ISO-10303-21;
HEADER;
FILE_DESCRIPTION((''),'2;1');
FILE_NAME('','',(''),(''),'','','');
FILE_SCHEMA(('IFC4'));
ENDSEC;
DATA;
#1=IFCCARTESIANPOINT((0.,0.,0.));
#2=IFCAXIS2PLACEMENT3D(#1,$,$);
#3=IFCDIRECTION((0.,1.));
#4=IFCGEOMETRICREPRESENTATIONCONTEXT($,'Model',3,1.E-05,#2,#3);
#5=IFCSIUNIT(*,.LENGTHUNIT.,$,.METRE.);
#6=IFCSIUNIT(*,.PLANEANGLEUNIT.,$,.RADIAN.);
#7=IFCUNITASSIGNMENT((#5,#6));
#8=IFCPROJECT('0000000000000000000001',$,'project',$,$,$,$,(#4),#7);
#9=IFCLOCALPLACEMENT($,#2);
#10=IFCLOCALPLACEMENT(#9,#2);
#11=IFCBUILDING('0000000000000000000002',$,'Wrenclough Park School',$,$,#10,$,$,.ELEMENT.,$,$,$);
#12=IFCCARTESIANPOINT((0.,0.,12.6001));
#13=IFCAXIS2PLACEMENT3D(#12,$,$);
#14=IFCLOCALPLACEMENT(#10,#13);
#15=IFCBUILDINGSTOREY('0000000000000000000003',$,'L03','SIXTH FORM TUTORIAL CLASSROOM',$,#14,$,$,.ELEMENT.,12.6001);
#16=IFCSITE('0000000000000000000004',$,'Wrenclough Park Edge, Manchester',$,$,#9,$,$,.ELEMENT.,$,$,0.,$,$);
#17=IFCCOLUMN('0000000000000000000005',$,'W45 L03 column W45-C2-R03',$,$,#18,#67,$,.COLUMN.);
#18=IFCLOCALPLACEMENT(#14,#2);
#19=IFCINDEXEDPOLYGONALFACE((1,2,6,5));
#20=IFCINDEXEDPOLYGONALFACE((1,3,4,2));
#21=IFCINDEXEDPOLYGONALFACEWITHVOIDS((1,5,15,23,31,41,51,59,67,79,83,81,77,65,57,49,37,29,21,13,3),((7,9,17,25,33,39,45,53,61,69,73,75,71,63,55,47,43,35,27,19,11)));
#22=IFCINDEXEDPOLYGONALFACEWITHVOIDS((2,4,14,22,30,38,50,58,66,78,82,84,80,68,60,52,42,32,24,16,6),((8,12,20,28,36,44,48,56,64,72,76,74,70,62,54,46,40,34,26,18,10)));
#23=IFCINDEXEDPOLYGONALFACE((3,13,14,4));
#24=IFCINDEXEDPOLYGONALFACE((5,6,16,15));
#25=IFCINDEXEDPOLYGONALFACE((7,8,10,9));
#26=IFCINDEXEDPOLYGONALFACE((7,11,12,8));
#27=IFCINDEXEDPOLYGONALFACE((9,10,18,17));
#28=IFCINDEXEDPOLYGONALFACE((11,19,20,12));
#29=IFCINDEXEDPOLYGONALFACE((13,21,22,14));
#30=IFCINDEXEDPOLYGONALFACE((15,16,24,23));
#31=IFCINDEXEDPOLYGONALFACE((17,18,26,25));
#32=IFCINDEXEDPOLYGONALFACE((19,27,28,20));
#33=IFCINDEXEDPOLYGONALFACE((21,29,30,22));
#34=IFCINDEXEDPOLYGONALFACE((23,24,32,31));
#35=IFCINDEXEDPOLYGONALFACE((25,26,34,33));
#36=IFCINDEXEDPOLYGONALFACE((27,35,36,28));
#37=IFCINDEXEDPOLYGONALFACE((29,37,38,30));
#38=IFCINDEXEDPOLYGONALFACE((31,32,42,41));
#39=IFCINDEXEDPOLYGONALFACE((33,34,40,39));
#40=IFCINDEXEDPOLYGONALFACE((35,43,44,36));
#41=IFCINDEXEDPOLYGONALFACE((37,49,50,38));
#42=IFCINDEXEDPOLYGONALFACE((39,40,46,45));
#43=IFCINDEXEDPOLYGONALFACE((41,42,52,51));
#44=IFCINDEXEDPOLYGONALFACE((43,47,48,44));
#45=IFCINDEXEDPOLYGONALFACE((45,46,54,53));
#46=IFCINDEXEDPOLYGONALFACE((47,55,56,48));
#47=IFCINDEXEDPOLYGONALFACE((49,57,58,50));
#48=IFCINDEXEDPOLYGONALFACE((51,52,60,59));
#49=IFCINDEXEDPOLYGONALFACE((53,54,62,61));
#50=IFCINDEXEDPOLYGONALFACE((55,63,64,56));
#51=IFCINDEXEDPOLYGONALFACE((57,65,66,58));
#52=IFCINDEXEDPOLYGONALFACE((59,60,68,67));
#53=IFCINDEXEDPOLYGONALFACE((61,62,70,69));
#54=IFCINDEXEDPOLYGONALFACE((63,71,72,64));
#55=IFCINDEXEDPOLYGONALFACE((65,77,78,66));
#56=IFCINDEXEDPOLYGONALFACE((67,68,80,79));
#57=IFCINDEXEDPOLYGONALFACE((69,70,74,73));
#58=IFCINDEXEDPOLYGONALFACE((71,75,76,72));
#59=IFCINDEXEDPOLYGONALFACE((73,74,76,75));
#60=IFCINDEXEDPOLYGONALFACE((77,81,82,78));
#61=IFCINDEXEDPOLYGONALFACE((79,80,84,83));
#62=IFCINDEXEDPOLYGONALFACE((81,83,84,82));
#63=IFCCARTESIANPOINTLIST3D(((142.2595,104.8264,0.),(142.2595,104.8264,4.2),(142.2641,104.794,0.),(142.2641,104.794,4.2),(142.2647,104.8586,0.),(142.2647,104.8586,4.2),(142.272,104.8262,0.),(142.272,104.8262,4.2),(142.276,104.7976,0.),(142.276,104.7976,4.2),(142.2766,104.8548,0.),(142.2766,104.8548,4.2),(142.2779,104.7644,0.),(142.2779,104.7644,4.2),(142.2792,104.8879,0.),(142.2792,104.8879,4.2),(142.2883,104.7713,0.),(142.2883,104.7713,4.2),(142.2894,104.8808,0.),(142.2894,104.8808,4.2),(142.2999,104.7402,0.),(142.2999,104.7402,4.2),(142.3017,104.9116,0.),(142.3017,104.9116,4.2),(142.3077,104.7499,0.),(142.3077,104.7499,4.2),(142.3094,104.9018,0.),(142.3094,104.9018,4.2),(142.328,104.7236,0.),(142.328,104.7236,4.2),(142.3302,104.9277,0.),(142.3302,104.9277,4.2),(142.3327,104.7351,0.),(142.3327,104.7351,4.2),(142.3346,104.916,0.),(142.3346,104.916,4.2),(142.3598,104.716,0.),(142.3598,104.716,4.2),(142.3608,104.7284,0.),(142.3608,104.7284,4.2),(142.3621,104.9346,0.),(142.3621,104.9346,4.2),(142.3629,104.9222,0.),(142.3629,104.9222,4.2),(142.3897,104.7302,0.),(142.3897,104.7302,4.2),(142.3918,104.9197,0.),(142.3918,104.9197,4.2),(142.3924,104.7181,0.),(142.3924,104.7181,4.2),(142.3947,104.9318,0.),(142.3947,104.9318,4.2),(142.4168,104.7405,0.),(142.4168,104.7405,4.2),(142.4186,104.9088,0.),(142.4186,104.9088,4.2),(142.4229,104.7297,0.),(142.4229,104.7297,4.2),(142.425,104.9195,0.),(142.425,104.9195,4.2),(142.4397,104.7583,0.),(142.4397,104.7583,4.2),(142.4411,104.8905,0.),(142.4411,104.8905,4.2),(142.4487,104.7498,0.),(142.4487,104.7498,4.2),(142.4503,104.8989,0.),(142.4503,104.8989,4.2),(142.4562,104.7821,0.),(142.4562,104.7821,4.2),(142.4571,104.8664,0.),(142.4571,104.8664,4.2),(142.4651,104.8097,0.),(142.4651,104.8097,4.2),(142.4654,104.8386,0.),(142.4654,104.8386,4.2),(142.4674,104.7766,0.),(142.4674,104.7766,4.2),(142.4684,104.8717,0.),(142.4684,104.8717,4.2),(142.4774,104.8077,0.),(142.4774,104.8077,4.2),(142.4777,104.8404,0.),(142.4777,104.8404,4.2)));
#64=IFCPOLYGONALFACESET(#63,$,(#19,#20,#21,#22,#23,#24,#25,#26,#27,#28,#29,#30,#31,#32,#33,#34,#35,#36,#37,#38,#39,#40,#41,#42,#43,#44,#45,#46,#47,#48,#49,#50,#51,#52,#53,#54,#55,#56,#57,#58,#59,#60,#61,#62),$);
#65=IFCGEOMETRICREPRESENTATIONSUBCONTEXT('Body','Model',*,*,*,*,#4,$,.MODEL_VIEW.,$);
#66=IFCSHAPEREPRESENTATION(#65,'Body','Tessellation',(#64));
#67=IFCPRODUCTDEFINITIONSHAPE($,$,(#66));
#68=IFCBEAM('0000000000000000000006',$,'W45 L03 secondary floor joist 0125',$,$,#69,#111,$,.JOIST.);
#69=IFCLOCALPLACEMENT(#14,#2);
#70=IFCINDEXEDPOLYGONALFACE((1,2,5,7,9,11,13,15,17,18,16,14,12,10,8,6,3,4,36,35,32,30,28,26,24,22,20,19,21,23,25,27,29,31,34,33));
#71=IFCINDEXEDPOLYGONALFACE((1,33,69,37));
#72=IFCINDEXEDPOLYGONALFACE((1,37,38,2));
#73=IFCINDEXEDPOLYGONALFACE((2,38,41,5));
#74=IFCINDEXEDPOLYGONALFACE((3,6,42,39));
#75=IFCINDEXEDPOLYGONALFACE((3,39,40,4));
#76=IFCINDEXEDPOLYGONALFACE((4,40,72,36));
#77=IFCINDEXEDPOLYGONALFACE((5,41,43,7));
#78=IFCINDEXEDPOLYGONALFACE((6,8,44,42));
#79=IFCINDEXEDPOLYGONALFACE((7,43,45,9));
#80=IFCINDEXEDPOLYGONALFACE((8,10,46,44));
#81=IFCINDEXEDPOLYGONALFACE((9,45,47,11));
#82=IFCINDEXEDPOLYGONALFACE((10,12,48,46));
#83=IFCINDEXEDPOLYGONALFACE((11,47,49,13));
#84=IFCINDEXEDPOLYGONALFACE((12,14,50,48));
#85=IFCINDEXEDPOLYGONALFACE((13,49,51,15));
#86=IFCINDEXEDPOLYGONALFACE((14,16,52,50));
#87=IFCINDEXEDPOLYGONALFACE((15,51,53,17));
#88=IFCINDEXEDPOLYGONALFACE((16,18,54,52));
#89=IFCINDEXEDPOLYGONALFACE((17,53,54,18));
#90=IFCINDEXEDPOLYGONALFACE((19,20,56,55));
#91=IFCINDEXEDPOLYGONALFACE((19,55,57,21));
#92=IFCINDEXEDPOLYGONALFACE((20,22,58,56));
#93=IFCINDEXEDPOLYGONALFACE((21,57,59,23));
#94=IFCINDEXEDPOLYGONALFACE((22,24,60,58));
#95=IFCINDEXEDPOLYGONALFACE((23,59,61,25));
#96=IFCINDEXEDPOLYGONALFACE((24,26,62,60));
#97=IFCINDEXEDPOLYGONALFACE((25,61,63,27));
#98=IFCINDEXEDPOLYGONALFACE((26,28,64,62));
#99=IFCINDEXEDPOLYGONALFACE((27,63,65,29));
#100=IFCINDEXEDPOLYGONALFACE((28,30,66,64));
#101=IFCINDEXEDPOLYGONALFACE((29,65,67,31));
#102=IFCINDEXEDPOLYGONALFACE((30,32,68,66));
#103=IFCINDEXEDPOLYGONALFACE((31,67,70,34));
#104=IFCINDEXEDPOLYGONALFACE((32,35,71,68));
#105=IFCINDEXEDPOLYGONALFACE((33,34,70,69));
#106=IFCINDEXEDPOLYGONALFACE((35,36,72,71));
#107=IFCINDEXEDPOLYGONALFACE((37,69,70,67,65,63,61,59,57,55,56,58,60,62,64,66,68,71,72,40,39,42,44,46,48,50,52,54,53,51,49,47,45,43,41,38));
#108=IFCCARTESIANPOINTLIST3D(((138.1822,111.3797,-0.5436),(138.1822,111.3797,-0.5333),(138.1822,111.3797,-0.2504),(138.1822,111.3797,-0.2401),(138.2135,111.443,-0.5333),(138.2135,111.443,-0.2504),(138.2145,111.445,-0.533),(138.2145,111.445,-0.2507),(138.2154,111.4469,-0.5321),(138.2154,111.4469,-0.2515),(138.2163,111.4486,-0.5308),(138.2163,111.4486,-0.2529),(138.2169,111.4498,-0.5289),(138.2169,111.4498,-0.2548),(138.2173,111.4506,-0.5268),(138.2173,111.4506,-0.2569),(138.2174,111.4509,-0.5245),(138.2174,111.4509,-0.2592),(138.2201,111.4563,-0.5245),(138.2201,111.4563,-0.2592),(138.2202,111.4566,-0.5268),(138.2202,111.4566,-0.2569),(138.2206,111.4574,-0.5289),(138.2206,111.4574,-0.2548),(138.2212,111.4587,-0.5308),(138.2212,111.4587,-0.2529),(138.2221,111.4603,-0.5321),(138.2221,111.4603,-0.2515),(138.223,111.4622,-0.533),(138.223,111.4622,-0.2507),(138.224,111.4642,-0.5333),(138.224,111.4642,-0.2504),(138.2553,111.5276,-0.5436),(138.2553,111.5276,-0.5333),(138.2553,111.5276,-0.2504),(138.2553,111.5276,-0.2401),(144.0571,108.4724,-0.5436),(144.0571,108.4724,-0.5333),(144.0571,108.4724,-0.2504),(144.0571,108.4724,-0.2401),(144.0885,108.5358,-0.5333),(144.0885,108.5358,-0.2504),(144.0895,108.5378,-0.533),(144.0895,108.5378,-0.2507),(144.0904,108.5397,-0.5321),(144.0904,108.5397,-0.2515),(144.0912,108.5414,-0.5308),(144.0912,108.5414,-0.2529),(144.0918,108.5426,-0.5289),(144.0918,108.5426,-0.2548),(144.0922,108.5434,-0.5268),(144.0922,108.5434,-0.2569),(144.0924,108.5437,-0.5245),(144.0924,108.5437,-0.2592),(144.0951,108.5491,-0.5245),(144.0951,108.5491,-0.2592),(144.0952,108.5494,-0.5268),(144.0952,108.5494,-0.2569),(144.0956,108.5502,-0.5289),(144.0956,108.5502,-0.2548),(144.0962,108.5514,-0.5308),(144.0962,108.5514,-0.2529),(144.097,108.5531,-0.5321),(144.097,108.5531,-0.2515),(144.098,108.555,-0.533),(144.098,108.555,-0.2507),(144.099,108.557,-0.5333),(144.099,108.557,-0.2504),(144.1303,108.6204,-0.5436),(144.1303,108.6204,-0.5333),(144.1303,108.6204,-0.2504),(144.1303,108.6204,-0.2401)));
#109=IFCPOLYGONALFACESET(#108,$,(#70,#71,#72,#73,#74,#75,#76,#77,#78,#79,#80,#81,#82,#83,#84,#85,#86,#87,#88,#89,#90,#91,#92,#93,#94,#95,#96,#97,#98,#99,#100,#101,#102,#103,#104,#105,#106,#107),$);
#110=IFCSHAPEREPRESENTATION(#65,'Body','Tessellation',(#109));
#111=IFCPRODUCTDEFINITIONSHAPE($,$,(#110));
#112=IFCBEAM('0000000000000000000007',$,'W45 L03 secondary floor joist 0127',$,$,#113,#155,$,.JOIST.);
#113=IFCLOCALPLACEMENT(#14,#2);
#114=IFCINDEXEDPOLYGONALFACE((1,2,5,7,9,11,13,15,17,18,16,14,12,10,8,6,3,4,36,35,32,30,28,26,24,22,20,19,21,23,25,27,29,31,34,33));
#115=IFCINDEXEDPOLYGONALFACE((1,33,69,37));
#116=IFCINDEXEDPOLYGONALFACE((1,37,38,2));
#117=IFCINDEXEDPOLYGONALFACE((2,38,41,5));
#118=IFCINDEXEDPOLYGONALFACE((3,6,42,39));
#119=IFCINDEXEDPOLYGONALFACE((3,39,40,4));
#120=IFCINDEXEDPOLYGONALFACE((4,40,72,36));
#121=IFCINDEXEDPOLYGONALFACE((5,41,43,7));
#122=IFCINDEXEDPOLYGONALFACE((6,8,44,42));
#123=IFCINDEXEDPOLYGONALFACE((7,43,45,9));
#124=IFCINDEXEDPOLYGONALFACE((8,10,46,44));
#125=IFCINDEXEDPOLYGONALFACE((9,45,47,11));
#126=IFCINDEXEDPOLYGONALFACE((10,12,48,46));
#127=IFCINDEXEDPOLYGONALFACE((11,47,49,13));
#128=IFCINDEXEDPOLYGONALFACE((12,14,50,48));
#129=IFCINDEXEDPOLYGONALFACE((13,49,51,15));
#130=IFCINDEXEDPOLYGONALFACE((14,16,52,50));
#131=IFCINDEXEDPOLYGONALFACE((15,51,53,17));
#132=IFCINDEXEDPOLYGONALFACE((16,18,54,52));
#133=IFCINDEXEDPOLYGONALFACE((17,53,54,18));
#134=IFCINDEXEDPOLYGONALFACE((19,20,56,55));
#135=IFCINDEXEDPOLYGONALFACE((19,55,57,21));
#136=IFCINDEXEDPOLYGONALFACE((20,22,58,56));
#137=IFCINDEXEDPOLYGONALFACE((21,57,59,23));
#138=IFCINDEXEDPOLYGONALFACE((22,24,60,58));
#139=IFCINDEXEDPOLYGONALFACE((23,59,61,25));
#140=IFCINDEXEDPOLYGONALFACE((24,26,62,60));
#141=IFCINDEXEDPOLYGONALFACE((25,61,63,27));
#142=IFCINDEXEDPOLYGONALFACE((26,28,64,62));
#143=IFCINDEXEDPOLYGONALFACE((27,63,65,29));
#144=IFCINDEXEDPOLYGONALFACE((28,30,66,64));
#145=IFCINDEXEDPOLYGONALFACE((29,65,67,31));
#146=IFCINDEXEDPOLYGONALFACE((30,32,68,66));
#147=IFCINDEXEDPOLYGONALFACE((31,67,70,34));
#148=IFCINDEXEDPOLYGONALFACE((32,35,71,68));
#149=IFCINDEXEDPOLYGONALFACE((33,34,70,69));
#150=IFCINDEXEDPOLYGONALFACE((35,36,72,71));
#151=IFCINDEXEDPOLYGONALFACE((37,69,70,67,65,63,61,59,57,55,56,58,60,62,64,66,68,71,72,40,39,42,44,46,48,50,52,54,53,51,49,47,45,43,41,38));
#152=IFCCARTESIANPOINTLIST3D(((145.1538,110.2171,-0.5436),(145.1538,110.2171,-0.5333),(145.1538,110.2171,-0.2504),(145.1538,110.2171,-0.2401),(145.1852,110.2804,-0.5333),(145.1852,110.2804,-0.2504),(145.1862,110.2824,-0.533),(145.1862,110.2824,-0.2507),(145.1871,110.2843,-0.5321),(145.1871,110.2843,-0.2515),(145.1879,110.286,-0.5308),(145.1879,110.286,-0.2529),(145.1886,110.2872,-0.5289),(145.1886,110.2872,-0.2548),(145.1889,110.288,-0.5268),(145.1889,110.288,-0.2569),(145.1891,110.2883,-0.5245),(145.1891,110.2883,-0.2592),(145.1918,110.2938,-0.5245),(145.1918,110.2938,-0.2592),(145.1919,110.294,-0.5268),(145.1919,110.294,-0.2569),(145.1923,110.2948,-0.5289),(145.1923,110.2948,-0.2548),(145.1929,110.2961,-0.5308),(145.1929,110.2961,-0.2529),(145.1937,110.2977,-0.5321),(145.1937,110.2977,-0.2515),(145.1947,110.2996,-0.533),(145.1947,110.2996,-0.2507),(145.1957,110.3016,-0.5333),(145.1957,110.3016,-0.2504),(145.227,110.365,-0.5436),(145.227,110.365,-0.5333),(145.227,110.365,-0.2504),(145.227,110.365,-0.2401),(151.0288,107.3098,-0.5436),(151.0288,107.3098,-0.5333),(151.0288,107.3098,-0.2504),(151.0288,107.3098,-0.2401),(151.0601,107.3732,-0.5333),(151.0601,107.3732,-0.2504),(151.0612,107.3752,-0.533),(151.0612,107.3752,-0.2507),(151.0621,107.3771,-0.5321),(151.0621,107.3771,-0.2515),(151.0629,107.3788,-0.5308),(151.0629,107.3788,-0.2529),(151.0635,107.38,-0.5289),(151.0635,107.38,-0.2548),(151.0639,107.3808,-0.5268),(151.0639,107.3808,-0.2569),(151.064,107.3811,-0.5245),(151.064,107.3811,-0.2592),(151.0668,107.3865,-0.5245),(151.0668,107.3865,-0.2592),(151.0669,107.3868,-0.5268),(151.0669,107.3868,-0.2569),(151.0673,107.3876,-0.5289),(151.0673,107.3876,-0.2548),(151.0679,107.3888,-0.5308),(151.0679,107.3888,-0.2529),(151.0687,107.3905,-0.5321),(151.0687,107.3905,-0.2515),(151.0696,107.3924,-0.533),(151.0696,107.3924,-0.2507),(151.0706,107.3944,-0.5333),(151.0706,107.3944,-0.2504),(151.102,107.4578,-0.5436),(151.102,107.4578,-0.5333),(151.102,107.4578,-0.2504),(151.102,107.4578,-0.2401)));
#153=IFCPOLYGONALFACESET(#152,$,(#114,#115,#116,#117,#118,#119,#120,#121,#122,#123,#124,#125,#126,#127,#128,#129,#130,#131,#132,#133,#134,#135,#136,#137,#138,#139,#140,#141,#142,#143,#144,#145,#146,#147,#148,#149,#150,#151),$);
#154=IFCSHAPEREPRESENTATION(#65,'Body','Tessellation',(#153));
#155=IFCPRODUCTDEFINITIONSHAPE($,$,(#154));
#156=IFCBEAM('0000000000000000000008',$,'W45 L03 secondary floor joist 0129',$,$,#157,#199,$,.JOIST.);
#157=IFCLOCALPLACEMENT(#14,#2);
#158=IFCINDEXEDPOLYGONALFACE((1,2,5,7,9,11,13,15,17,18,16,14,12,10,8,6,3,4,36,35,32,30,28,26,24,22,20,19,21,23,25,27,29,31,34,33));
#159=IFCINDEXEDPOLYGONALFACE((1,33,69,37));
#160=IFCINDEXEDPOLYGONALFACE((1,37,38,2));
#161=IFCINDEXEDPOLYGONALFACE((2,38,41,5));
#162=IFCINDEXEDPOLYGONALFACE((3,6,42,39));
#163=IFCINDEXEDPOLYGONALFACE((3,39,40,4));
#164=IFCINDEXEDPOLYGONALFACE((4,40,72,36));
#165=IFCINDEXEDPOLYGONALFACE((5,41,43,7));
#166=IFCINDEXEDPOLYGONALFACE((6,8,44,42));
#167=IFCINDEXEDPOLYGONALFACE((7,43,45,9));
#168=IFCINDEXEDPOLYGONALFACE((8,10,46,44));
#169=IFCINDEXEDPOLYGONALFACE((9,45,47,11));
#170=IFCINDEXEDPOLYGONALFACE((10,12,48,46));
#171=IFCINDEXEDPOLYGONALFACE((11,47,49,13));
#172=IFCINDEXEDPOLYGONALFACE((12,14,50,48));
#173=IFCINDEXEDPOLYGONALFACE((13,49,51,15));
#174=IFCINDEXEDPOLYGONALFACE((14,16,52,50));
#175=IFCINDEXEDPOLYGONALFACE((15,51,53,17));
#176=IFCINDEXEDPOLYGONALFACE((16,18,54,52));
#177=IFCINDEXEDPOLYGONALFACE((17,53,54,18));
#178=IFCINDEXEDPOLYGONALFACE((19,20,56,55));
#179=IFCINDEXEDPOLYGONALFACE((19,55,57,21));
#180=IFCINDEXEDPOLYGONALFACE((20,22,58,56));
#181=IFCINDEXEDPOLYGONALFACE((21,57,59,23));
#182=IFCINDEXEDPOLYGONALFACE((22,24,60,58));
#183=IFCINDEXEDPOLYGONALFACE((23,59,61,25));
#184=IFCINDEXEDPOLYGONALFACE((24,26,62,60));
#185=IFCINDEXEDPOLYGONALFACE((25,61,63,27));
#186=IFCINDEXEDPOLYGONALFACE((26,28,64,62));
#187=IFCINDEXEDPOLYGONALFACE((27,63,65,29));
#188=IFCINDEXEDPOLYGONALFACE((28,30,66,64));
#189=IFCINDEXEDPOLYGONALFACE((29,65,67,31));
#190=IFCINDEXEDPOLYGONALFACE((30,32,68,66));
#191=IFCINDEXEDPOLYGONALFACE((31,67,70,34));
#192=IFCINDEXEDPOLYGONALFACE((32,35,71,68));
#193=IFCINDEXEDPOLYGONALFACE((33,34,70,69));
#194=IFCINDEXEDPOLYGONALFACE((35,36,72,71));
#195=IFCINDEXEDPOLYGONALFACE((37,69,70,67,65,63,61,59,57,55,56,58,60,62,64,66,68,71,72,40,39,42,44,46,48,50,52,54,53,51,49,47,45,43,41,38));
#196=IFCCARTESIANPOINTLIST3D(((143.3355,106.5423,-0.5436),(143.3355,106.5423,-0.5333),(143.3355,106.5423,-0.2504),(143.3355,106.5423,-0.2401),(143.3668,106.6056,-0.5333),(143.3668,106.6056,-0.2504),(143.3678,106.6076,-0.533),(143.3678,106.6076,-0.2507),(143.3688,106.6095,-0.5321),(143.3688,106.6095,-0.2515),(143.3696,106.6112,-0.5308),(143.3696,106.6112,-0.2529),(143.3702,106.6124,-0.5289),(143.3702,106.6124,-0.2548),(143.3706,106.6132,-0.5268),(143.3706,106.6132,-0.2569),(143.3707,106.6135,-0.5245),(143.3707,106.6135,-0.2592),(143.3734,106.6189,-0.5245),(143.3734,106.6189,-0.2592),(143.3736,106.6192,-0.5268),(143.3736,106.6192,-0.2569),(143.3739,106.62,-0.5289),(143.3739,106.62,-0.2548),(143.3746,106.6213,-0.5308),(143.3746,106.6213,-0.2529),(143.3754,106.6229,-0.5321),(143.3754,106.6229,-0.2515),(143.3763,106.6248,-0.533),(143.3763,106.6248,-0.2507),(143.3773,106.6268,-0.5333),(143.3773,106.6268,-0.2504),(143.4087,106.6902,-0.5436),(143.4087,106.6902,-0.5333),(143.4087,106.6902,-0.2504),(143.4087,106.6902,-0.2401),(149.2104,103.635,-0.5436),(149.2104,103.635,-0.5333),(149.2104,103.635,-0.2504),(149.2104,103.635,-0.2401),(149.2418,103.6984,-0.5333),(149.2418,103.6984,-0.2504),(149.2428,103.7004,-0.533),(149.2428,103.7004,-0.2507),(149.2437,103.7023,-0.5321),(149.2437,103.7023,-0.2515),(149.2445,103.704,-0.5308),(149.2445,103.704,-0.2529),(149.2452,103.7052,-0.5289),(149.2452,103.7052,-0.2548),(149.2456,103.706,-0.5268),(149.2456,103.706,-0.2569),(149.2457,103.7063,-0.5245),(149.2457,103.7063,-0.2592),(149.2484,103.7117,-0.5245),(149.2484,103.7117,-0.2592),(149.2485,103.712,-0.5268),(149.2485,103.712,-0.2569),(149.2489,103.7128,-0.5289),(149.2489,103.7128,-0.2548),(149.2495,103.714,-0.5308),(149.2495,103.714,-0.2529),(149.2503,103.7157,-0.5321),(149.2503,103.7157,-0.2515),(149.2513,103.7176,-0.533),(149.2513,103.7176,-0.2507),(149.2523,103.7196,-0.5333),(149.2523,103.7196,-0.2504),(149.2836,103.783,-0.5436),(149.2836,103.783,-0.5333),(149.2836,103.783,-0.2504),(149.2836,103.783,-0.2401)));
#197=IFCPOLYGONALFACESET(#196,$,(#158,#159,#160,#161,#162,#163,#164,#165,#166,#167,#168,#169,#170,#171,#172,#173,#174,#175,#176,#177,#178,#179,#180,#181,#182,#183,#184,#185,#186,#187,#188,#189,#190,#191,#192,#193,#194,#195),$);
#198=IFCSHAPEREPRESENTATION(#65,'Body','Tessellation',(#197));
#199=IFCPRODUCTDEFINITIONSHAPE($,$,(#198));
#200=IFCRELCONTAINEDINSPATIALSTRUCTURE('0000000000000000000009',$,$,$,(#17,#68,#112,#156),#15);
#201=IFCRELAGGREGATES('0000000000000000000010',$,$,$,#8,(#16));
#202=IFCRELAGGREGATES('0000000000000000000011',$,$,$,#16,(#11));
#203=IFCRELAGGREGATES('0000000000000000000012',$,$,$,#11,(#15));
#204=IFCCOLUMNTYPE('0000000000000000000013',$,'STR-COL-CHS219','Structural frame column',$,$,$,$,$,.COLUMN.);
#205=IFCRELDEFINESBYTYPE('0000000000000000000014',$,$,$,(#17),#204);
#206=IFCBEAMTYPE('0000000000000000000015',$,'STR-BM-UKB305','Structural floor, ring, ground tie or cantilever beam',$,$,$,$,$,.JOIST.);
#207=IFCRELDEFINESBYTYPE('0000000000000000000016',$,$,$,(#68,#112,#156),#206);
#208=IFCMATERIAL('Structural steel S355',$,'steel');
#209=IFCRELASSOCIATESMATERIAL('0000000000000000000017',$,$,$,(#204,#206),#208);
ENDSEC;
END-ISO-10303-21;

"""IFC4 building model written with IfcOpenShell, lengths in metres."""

from ifc_helpers import new_model, si_unit, direction, frame, origin, origin_2d, place, context, subcontext, project, spatial, hollow_circle, i_section, extrude, material, material_profile, profile_set, type_object, element, save


model = new_model("IFC4")

# Units and contexts
model_context = context("Model", 3, precision=1e-05, world=origin(), true_north=direction((0.0, 1.0)))
body_context = subcontext(model_context, "Body", "Model", "MODEL_VIEW")
ifc_project = project(units=[si_unit("LENGTHUNIT", "METRE"), si_unit("PLANEANGLEUNIT", "RADIAN")], contexts=[model_context])

# Site, building, storey
site_placement = place(None, origin())
site = spatial("IfcSite", under=ifc_project, at=site_placement, Name="Wrenclough Park Edge, Manchester", CompositionType="ELEMENT", RefElevation=0.0)
building_placement = place(site_placement, origin())
building = spatial("IfcBuilding", under=site, at=building_placement, Name="Wrenclough Park School", CompositionType="ELEMENT")
storey_placement = place(building_placement, frame((0.0, 0.0, 12.6001)))
storey = spatial("IfcBuildingStorey", under=building, at=storey_placement, Name="L03", Description="SIXTH FORM TUTORIAL CLASSROOM", CompositionType="ELEMENT", Elevation=12.6001)

# Column
ifc_material_1 = material(Name="Structural steel S355", Category="steel")
ifc_material_profile_1 = material_profile(ifc_material_1, hollow_circle(Radius=0.1096, WallThickness=0.0125, at=origin_2d()), Name="CHS 219.1x12.5")
ifc_profile_set_1 = profile_set([ifc_material_profile_1], Name="Structural steel S355")
column_type = type_object("IfcColumnType", Name="STR-COL-CHS219", Description="Structural frame column", PredefinedType="COLUMN", material=ifc_profile_set_1)
for number, where, z_axis, x_axis, name in (
    (1, (142.3691, 104.8252, 0.0), (0.0, 0.0, 1.0), (0.896254, -0.443541, 0.0), "W45 L03 column W45-C2-R03"),
):
    element("IfcColumn", number, at=place(storey_placement, frame(where, z_axis=z_axis, x_axis=x_axis)), inside=storey, type_object=column_type, Name=name, PredefinedType="COLUMN", context=body_context, shape_type="SweptSolid", body=[
        extrude(hollow_circle(Radius=0.1096, WallThickness=0.0125, at=origin_2d()), origin(), (0.0, 0.0, 1.0), 4.2),
    ])

# Beams
ifc_material_profile_2 = material_profile(ifc_material_1, i_section(OverallWidth=0.165, OverallDepth=0.3035, WebThickness=0.0061, FlangeThickness=0.0103, FilletRadius=0.0088, at=origin_2d()), Name="UKB 305x165x40")
ifc_profile_set_2 = profile_set([ifc_material_profile_2], Name="Structural steel S355")
beam_type_1 = type_object("IfcBeamType", Name="STR-BM-UKB305", Description="Structural floor, ring, ground tie or cantilever beam", PredefinedType="JOIST", material=ifc_profile_set_2)
for number, where, z_axis, x_axis, name in (
    (2, (138.2188, 111.4536, -0.3918), (0.896267, -0.443515, 0.0), (0.443515, 0.896267, 0.0), "W45 L03 secondary floor joist 0125"),
    (3, (145.1904, 110.291, -0.3918), (0.896267, -0.443515, 0.0), (0.443515, 0.896267, 0.0), "W45 L03 secondary floor joist 0127"),
    (4, (143.3721, 106.6162, -0.3918), (0.896267, -0.443515, 0.0), (0.443515, 0.896267, 0.0), "W45 L03 secondary floor joist 0129"),
):
    element("IfcBeam", number, at=place(storey_placement, frame(where, z_axis=z_axis, x_axis=x_axis)), inside=storey, type_object=beam_type_1, Name=name, PredefinedType="JOIST", context=body_context, shape_type="SweptSolid", body=[
        extrude(i_section(OverallWidth=0.165, OverallDepth=0.3035, WebThickness=0.0061, FlangeThickness=0.0103, FilletRadius=0.0088, at=origin_2d()), origin(), (0.0, 0.0, 1.0), 6.5549),
    ])

save(model, "model.ifc")
